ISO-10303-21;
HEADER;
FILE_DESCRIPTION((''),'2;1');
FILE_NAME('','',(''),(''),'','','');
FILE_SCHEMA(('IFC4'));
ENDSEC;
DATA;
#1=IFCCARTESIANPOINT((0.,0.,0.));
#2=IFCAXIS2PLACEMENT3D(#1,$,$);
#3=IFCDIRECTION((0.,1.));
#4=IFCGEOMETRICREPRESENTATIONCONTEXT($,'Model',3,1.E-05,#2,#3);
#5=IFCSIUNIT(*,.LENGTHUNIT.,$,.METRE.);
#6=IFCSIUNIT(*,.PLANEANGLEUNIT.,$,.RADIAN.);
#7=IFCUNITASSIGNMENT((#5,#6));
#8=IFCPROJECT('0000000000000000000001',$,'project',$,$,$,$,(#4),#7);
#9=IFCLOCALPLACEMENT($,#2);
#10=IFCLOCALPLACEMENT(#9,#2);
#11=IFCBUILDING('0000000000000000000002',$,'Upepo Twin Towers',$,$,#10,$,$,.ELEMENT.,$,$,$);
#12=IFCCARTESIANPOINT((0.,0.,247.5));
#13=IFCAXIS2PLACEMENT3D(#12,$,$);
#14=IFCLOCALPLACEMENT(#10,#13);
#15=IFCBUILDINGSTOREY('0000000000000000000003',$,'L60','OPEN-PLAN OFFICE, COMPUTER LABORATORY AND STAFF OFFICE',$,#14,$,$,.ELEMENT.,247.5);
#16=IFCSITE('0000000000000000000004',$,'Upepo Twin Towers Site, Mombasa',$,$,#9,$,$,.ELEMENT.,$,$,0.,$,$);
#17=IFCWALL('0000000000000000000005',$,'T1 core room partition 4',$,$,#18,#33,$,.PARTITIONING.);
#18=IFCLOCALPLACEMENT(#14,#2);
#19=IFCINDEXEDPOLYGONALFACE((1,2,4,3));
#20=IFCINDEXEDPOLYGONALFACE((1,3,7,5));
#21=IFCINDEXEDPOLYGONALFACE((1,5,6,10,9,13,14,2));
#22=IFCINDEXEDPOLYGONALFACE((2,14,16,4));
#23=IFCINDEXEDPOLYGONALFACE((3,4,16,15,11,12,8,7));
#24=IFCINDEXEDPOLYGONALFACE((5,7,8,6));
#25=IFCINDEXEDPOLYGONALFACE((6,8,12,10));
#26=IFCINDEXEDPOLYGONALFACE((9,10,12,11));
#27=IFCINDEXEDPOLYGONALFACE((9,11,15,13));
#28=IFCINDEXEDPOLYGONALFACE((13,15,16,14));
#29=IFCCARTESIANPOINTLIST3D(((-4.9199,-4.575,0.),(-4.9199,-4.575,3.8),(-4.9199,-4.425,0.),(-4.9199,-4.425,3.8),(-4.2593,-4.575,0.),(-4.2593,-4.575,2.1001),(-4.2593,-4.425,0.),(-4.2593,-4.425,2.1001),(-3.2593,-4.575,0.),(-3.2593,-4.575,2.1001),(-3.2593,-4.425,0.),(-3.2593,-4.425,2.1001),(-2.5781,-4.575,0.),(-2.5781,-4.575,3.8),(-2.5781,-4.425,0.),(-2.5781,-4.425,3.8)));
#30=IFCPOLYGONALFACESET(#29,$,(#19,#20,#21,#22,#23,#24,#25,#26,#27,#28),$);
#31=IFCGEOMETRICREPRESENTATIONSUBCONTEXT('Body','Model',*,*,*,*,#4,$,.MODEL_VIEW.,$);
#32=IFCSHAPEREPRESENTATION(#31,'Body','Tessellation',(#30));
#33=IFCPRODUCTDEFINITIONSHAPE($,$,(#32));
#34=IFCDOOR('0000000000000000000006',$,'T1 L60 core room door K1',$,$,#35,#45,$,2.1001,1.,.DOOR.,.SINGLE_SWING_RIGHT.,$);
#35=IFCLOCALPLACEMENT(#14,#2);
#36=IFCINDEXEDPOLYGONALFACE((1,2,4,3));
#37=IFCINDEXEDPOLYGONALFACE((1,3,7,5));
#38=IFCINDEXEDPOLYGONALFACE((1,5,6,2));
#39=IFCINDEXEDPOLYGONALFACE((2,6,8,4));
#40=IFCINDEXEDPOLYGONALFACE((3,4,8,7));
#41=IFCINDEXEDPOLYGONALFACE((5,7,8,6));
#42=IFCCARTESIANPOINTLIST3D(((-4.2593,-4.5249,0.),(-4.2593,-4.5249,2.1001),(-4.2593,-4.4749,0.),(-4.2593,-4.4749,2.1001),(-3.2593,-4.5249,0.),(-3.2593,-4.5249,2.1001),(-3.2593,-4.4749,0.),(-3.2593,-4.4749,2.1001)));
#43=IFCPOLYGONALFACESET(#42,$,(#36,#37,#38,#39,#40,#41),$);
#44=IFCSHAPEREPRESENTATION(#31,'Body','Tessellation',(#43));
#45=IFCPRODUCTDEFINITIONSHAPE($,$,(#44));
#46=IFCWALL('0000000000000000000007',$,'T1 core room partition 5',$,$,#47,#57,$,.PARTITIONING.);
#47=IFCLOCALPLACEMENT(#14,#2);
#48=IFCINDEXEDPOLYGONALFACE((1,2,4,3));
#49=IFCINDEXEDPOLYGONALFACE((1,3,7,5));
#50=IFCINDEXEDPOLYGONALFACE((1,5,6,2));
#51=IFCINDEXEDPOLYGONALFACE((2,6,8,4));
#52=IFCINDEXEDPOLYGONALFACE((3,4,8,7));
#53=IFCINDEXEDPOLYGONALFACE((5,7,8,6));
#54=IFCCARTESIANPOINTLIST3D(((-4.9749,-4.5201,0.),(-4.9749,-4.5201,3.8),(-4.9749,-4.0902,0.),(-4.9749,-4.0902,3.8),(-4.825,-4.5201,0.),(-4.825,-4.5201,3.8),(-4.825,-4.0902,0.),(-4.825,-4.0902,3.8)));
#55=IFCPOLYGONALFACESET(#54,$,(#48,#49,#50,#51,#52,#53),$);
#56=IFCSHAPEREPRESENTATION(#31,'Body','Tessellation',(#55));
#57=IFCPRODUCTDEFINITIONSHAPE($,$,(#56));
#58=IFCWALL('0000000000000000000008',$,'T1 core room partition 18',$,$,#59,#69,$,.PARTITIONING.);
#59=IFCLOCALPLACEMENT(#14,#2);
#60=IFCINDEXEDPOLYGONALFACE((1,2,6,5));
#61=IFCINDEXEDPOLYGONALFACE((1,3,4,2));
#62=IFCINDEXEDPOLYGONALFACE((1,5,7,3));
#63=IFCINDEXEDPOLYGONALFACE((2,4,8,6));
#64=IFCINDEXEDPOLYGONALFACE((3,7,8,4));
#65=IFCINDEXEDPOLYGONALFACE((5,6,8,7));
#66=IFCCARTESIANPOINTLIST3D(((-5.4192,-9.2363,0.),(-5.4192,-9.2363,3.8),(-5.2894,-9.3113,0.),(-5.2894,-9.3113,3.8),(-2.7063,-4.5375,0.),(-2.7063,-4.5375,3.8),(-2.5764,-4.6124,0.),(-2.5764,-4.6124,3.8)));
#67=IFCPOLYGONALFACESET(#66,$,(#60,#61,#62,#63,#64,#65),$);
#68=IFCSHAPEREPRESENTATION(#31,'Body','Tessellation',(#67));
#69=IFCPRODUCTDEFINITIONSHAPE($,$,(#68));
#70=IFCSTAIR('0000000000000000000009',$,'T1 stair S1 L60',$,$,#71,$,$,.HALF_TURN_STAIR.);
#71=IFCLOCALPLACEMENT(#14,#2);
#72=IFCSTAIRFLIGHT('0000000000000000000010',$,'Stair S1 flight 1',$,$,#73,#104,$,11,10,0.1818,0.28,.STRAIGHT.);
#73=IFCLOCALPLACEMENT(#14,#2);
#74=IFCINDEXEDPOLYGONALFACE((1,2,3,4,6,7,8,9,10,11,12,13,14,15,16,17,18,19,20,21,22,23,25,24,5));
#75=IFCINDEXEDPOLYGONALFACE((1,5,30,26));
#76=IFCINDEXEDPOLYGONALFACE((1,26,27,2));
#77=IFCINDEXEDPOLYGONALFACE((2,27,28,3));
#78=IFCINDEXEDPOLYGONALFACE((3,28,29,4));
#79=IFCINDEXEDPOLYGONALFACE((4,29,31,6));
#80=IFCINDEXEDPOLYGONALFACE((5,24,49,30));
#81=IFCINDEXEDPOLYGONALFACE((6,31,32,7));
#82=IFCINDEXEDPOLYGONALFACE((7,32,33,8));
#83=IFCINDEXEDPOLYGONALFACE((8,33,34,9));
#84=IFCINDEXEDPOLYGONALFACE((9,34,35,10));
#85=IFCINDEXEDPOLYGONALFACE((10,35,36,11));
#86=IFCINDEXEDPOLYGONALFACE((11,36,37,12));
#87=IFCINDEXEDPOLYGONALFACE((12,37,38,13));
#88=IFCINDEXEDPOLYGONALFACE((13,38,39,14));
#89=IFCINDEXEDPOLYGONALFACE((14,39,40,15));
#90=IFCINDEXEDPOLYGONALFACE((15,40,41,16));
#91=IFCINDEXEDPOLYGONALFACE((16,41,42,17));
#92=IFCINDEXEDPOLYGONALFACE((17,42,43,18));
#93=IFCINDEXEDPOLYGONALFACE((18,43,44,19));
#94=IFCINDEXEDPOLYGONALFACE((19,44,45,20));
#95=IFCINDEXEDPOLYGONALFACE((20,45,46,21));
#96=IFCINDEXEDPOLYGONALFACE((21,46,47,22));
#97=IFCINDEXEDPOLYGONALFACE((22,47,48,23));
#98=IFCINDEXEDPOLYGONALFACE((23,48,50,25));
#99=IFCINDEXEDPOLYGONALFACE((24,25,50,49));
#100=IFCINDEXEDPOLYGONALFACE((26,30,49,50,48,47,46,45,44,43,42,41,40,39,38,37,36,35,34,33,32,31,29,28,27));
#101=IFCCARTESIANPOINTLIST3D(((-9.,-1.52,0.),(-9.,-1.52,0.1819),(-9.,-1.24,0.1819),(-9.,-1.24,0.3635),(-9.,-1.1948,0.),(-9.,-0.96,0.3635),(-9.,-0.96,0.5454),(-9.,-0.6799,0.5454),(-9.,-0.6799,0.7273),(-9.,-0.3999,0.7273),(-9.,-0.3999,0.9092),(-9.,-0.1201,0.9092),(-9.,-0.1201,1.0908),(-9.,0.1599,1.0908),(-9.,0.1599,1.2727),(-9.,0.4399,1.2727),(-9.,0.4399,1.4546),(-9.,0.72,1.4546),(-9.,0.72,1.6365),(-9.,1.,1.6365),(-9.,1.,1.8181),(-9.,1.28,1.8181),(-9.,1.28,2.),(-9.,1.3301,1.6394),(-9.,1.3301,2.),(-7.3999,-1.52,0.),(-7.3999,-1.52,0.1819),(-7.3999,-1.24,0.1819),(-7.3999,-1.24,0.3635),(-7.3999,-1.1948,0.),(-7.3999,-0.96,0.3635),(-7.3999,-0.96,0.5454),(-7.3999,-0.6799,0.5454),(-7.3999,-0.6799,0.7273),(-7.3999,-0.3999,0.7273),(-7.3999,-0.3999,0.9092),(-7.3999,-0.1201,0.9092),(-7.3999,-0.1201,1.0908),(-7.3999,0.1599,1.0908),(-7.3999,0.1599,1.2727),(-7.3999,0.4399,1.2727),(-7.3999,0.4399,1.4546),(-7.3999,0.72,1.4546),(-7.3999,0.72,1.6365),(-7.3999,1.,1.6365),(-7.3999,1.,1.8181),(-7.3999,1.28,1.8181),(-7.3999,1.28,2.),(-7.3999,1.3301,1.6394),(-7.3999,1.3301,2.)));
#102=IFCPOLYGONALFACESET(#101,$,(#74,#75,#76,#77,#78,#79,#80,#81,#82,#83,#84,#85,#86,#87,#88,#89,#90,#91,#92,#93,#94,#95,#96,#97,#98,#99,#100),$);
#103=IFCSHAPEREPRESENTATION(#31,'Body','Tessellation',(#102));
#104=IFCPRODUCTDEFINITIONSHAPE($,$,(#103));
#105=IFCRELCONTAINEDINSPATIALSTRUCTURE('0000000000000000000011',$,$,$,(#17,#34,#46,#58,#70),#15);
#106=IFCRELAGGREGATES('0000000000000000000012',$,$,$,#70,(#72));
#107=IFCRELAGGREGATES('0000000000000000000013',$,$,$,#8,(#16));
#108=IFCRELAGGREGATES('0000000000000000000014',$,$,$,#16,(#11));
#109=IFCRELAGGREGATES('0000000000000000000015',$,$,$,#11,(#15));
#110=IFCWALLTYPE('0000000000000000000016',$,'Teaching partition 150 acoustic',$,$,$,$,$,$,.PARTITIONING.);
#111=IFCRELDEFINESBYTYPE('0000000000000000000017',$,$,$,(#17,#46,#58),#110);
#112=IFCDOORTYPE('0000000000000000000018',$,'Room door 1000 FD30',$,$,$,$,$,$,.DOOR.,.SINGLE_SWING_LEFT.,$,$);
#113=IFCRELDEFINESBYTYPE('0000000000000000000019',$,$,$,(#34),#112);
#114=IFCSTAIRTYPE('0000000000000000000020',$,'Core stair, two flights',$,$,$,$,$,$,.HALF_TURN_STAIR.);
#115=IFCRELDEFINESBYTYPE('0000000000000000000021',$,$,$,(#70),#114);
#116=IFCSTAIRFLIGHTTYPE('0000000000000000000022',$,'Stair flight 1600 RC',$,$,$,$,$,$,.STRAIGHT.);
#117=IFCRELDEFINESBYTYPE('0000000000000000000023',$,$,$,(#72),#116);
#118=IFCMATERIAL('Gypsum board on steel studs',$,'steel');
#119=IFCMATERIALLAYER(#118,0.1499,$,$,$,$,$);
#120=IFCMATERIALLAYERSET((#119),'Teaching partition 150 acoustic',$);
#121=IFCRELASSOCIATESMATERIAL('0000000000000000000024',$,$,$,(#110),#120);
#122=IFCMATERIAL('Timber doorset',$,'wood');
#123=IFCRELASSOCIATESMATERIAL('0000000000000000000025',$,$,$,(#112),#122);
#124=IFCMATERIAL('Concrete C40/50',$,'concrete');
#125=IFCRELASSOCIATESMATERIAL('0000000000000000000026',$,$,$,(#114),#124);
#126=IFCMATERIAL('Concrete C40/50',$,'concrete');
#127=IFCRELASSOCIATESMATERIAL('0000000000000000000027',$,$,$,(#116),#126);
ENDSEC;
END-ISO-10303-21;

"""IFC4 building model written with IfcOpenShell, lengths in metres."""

from ifc_helpers import new_model, si_unit, direction, frame, frame_2d, origin, place, context, subcontext, project, spatial, polyline, rectangle, outline, extrude, material, layer, layer_set, type_object, element, fill, aggregate, save


model = new_model("IFC4")

# Units and contexts
model_context = context("Model", 3, precision=1e-05, world=origin(), true_north=direction((0.0, 1.0)))
body_context = subcontext(model_context, "Body", "Model", "MODEL_VIEW")
ifc_project = project(units=[si_unit("LENGTHUNIT", "METRE"), si_unit("PLANEANGLEUNIT", "RADIAN")], contexts=[model_context])

# Site, building, storey
site_placement = place(None, origin())
site = spatial("IfcSite", under=ifc_project, at=site_placement, Name="Upepo Twin Towers Site, Mombasa", CompositionType="ELEMENT", RefElevation=0.0)
building_placement = place(site_placement, origin())
building = spatial("IfcBuilding", under=site, at=building_placement, Name="Upepo Twin Towers", CompositionType="ELEMENT")
storey_placement = place(building_placement, frame((0.0, 0.0, 247.5)))
storey = spatial("IfcBuildingStorey", under=building, at=storey_placement, Name="L60", Description="OPEN-PLAN OFFICE, COMPUTER LABORATORY AND STAFF OFFICE", CompositionType="ELEMENT", Elevation=247.5)

# Shared definitions
ifc_material_1 = material(Name="Gypsum board on steel studs", Category="steel")
ifc_layer_1 = layer(ifc_material_1, 0.1499)
ifc_layer_set_1 = layer_set([ifc_layer_1], Name="Teaching partition 150 acoustic")
wall_type_1 = type_object("IfcWallType", Name="Teaching partition 150 acoustic", PredefinedType="PARTITIONING", material=ifc_layer_set_1)

# Wall, opening, door
ifc_material_2 = material(Name="Timber doorset", Category="wood")
door_type_1 = type_object("IfcDoorType", Name="Room door 1000 FD30", OperationType="SINGLE_SWING_LEFT", PredefinedType="DOOR", material=ifc_material_2)
wall_1_placement = place(storey_placement, frame((-2.5781, -4.5, 0.0), z_axis=(0.0, 0.0, 1.0), x_axis=(-1.0, 0.0, 0.0)))
wall_1 = element("IfcWall", 1, at=wall_1_placement, inside=storey, type_object=wall_type_1, Name="T1 core room partition 4", PredefinedType="PARTITIONING", context=body_context, shape_type="SweptSolid", body=[
    extrude(rectangle(XDim=2.3418, YDim=0.1499, at=frame_2d((1.1709, 0.0))), origin(), (0.0, 0.0, 1.0), 3.8),
])
opening_1_placement = place(wall_1_placement, frame((0.6812, 0.0, 0.0)))
opening_1 = element("IfcOpeningElement", 2, at=opening_1_placement, cuts=wall_1, PredefinedType="OPENING", context=body_context, shape_type="SweptSolid", body=[
    extrude(rectangle(XDim=1.0, YDim=2.1001, at=frame_2d((0.5, 1.05))), frame((0.0, 0.085, 0.0), z_axis=(0.0, -1.0, 0.0), x_axis=(1.0, 0.0, 0.0)), (0.0, 0.0, 1.0), 0.1699),
])
door_1_placement = place(opening_1_placement, origin())
door_1 = element("IfcDoor", 3, at=door_1_placement, inside=storey, type_object=door_type_1, Name="T1 L60 core room door K1", OperationType="SINGLE_SWING_RIGHT", OverallHeight=2.1001, OverallWidth=1.0, PredefinedType="DOOR", context=body_context, shape_type="SweptSolid", body=[
    extrude(rectangle(XDim=1.0, YDim=2.1001, at=frame_2d((0.5, 1.05))), frame((0.0, 0.0249, 0.0), z_axis=(0.0, -1.0, 0.0), x_axis=(1.0, 0.0, 0.0)), (0.0, 0.0, 1.0), 0.05),
])
fill(opening_1, door_1)

# Walls
wall_2_placement = place(storey_placement, frame((-4.8999, -4.52, 0.0), z_axis=(0.0, 0.0, 1.0), x_axis=(0.0, 1.0, 0.0)))
element("IfcWall", 4, at=wall_2_placement, inside=storey, type_object=wall_type_1, Name="T1 core room partition 5", PredefinedType="PARTITIONING", context=body_context, shape_type="SweptSolid", body=[
    extrude(rectangle(XDim=0.4299, YDim=0.1499, at=frame_2d((0.2148, 0.0))), origin(), (0.0, 0.0, 1.0), 3.8),
])
wall_3_placement = place(storey_placement, frame((-2.6414, -4.575, 0.0), z_axis=(0.0, 0.0, 1.0), x_axis=(-0.500011, -0.866019, 0.0)))
element("IfcWall", 5, at=wall_3_placement, inside=storey, type_object=wall_type_1, Name="T1 core room partition 18", PredefinedType="PARTITIONING", context=body_context, shape_type="SweptSolid", body=[
    extrude(rectangle(XDim=5.4258, YDim=0.1499, at=frame_2d((2.7129, 0.0))), origin(), (0.0, 0.0, 1.0), 3.8),
])

# Stair, stair flight
ifc_material_3 = material(Name="Concrete C40/50", Category="concrete")
stair_type = type_object("IfcStairType", Name="Core stair, two flights", PredefinedType="HALF_TURN_STAIR", material=ifc_material_3)
stair_placement = place(storey_placement, origin())
stair = element("IfcStair", 6, at=stair_placement, inside=storey, type_object=stair_type, Name="T1 stair S1 L60", PredefinedType="HALF_TURN_STAIR")
ifc_material_4 = material(Name="Concrete C40/50", Category="concrete")
stair_flight_type = type_object("IfcStairFlightType", Name="Stair flight 1600 RC", PredefinedType="STRAIGHT", material=ifc_material_4)
stair_flight_placement = place(storey_placement, frame((-8.2, -1.52, 0.0), z_axis=(0.0, 0.0, 1.0), x_axis=(0.0, 1.0, 0.0)))
stair_flight = element("IfcStairFlight", 7, at=stair_flight_placement, type_object=stair_flight_type, Name="Stair S1 flight 1", NumberOfRisers=11, NumberOfTreads=10, PredefinedType="STRAIGHT", RiserHeight=0.1818, TreadLength=0.28, context=body_context, shape_type="SweptSolid", body=[
    extrude(outline(polyline([(0.0, 0.0), (0.0, 0.1819), (0.28, 0.1819), (0.28, 0.3635), (0.5601, 0.3635), (0.5601, 0.5454), (0.8401, 0.5454), (0.8401, 0.7273), (1.1201, 0.7273), (1.1201, 0.9092), (1.3999, 0.9092), (1.3999, 1.0908), (1.6799, 1.0908), (1.6799, 1.2727), (1.96, 1.2727), (1.96, 1.4546), (2.24, 1.4546), (2.24, 1.6365), (2.52, 1.6365), (2.52, 1.8181), (2.8, 1.8181), (2.8, 2.0), (2.8501, 2.0), (2.8501, 1.6394), (0.3252, 0.0), (0.0, 0.0)])), frame((0.0, 0.8, 0.0), z_axis=(0.0, -1.0, 0.0), x_axis=(1.0, 0.0, 0.0)), (0.0, 0.0, 1.0), 1.6001),
])
aggregate(stair, [stair_flight])

save(model, "model.ifc")
